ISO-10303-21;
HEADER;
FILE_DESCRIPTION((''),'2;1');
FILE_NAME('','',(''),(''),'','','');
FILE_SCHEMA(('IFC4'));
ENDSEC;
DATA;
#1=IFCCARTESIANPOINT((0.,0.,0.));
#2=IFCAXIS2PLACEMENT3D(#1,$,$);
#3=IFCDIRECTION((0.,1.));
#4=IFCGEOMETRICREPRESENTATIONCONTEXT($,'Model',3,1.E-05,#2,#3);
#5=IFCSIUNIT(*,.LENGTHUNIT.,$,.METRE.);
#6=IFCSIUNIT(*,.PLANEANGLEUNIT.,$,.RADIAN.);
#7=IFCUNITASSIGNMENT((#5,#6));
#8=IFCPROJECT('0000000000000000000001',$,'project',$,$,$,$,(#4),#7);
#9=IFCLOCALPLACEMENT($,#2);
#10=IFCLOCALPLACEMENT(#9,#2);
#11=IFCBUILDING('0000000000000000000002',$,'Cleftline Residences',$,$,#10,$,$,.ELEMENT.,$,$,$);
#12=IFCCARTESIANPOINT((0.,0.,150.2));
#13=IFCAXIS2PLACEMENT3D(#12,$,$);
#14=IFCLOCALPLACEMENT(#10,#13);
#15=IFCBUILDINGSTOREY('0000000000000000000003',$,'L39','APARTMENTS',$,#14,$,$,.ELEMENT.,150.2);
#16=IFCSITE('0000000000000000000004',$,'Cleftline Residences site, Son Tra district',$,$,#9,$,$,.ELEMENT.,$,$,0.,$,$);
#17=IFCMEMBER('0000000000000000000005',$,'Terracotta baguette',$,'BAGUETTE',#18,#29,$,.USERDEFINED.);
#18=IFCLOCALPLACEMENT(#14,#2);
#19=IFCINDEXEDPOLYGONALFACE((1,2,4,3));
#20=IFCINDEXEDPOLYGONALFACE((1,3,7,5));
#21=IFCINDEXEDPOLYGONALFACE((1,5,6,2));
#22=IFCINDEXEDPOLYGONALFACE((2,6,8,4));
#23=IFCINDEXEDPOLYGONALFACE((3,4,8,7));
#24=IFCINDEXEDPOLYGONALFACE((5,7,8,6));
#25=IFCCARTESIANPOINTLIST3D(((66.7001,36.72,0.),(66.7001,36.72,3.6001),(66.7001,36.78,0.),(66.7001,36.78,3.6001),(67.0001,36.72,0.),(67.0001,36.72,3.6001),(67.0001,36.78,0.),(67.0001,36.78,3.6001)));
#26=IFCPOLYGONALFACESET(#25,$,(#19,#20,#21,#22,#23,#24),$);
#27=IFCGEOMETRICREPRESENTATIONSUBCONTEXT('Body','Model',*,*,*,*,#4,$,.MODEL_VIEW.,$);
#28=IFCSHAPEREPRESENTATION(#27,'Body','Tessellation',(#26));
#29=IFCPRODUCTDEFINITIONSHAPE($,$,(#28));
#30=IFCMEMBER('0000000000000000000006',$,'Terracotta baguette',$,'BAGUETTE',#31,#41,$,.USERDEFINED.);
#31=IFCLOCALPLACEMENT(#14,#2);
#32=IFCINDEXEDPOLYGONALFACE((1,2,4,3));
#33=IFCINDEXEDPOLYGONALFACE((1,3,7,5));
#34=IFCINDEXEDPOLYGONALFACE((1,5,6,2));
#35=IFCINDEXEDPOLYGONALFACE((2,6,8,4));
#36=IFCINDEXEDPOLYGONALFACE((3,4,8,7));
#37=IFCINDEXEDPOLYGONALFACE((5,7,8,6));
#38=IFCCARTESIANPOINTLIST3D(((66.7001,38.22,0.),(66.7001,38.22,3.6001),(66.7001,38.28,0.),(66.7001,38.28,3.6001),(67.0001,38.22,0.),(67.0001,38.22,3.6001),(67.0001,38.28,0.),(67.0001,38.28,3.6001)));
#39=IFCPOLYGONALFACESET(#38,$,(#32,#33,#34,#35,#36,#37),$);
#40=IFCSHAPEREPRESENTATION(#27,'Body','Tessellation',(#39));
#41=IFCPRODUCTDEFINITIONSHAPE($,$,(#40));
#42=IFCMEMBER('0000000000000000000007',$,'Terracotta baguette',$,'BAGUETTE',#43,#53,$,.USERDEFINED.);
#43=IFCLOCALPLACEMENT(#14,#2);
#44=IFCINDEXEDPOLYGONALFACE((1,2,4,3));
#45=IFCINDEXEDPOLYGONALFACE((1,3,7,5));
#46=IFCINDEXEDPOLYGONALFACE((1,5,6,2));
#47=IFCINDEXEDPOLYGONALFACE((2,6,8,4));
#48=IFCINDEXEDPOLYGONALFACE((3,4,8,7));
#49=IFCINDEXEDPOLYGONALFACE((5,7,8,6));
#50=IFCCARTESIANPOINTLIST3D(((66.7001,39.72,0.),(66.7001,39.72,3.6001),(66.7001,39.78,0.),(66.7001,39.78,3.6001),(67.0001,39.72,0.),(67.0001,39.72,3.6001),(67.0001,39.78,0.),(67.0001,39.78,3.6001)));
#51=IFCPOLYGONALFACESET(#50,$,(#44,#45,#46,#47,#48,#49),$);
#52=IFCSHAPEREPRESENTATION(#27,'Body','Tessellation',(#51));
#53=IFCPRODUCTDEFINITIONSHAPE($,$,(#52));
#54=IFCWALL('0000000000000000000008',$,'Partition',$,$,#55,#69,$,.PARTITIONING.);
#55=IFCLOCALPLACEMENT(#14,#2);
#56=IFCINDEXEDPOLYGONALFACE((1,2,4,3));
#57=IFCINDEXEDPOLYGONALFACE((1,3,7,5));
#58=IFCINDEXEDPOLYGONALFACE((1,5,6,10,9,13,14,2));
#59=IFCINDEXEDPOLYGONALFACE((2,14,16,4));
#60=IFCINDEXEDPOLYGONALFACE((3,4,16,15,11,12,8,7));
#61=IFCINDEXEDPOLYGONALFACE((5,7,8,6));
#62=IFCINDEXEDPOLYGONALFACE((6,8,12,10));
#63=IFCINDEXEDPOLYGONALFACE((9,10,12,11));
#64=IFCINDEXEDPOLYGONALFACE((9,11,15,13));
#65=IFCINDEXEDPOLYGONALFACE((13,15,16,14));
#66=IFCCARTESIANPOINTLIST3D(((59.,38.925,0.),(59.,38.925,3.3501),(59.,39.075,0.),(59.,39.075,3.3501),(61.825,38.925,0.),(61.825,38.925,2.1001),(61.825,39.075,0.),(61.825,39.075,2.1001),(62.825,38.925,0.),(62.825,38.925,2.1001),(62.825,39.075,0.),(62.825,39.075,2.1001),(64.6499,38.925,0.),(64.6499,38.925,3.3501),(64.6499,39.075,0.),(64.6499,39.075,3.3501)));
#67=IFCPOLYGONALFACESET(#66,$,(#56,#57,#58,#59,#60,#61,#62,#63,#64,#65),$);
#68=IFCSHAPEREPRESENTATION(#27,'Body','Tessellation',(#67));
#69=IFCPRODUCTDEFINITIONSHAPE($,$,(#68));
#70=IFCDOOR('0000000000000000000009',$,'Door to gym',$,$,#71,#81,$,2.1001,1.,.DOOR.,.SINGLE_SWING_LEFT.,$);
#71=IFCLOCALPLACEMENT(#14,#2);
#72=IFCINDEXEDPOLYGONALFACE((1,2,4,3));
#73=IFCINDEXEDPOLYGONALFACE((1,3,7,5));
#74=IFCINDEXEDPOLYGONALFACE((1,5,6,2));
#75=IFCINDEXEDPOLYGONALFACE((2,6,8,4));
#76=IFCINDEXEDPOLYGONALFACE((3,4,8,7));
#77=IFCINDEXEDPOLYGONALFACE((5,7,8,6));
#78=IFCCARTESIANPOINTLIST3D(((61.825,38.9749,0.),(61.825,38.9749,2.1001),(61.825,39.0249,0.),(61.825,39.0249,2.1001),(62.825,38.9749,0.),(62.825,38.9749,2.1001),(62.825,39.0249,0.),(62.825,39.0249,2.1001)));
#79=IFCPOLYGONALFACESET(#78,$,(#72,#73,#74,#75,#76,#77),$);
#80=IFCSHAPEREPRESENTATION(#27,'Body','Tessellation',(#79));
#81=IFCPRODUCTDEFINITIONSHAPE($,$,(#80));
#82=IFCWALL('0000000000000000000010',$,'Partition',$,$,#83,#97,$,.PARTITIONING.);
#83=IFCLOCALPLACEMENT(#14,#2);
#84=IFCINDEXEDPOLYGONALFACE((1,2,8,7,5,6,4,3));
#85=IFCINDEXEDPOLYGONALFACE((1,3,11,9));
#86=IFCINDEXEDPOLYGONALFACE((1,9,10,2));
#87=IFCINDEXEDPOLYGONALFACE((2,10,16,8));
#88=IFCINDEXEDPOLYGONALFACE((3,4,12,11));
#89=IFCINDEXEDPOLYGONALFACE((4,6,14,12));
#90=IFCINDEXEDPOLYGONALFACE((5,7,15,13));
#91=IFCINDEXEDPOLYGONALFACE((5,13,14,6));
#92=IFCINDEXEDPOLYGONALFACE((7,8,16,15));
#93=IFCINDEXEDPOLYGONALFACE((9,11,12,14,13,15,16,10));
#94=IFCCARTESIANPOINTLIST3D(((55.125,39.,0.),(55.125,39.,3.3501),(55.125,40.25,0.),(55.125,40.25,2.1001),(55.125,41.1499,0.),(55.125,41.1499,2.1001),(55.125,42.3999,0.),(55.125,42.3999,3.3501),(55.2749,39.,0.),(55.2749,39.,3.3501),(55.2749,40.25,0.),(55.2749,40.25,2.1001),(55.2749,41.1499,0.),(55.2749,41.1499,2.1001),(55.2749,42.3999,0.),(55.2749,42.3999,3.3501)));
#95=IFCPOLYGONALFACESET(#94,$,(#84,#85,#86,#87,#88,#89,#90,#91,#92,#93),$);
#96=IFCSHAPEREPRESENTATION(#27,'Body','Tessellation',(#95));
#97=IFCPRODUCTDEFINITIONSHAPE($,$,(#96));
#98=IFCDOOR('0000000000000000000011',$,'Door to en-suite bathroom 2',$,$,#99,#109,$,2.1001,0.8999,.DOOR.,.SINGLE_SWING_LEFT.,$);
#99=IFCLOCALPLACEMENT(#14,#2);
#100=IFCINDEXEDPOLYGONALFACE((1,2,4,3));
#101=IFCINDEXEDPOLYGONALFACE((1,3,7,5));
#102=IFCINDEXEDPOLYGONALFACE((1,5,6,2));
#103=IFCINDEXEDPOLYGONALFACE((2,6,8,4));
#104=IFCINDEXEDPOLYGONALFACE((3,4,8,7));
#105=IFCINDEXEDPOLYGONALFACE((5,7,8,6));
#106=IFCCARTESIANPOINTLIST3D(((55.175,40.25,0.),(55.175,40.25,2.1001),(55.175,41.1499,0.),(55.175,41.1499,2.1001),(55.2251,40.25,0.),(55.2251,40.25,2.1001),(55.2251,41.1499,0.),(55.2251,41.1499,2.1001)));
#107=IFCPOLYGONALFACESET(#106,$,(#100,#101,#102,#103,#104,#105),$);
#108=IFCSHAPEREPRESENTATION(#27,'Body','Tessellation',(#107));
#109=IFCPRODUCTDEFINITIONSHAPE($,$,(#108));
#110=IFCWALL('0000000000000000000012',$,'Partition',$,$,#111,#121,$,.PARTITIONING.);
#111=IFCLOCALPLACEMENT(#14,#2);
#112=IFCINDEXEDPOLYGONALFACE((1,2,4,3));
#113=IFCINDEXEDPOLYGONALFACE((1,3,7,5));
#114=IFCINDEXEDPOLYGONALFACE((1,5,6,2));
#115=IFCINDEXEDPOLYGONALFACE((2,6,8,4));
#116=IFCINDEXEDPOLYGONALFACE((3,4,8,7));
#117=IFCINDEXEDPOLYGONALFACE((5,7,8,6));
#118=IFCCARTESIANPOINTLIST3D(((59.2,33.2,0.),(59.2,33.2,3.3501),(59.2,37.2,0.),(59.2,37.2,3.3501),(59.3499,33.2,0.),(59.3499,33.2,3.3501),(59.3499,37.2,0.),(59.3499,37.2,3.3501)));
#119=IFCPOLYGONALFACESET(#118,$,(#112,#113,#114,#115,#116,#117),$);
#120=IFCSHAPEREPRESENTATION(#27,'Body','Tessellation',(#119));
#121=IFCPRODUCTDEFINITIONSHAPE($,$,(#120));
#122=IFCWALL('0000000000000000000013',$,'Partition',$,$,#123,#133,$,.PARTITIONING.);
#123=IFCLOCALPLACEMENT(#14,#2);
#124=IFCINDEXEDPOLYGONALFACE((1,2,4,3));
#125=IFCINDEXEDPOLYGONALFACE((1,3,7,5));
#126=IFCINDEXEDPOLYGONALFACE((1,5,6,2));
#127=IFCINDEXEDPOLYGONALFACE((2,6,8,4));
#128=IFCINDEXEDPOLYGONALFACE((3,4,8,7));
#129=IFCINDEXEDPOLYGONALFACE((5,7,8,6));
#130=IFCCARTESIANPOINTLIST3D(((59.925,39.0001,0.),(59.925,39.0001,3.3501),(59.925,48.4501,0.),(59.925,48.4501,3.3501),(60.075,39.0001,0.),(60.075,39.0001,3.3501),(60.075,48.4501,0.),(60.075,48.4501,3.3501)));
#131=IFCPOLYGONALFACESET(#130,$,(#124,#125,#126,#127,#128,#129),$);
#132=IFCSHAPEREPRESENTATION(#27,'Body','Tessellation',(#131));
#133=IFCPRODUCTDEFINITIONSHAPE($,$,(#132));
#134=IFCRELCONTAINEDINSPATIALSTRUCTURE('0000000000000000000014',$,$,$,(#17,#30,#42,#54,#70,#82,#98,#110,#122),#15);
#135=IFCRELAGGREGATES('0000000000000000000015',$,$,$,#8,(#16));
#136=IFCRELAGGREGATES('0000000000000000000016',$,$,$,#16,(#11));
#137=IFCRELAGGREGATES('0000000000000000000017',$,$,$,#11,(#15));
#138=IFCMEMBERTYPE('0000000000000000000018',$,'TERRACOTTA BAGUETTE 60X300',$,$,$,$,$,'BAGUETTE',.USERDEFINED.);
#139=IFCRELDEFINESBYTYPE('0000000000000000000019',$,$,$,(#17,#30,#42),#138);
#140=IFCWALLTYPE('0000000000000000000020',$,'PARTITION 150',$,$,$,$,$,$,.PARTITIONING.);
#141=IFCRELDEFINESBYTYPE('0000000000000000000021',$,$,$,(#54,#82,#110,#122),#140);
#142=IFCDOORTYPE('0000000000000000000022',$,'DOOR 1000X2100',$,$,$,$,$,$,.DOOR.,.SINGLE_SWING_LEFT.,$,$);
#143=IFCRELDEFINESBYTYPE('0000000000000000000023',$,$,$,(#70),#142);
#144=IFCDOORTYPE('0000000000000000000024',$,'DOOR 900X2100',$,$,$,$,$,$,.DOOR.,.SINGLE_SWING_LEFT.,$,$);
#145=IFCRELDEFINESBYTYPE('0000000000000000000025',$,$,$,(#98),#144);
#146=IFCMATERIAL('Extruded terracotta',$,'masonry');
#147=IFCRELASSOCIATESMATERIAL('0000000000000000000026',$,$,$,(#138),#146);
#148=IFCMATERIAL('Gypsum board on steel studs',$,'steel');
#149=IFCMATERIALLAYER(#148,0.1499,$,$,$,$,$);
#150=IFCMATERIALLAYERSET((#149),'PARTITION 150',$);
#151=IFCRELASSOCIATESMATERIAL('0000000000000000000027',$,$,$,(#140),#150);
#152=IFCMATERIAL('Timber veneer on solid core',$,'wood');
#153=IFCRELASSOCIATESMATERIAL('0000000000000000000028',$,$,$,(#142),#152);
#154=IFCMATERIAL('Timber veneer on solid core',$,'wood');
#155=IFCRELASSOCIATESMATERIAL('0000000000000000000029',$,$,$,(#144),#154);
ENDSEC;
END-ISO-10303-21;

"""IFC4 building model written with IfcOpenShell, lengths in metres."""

from ifc_helpers import new_model, si_unit, direction, frame, frame_2d, origin, origin_2d, place, context, subcontext, project, spatial, rectangle, extrude, material, layer, layer_set, material_profile, profile_set, type_object, element, fill, save


model = new_model("IFC4")

# Units and contexts
model_context = context("Model", 3, precision=1e-05, world=origin(), true_north=direction((0.0, 1.0)))
body_context = subcontext(model_context, "Body", "Model", "MODEL_VIEW")
ifc_project = project(units=[si_unit("LENGTHUNIT", "METRE"), si_unit("PLANEANGLEUNIT", "RADIAN")], contexts=[model_context])

# Site, building, storey
site_placement = place(None, origin())
site = spatial("IfcSite", under=ifc_project, at=site_placement, Name="Cleftline Residences site, Son Tra district", CompositionType="ELEMENT", RefElevation=0.0)
building_placement = place(site_placement, origin())
building = spatial("IfcBuilding", under=site, at=building_placement, Name="Cleftline Residences", CompositionType="ELEMENT")
storey_placement = place(building_placement, frame((0.0, 0.0, 150.2)))
storey = spatial("IfcBuildingStorey", under=building, at=storey_placement, Name="L39", Description="APARTMENTS", CompositionType="ELEMENT", Elevation=150.2)

# Members
ifc_material_1 = material(Name="Extruded terracotta", Category="masonry")
ifc_material_profile_1 = material_profile(ifc_material_1, rectangle(XDim=0.0601, YDim=0.3, at=origin_2d()))
ifc_profile_set_1 = profile_set([ifc_material_profile_1], Name="Extruded terracotta")
member_type_1 = type_object("IfcMemberType", Name="TERRACOTTA BAGUETTE 60X300", ElementType="BAGUETTE", PredefinedType="USERDEFINED", material=ifc_profile_set_1)
for number, where, z_axis, x_axis, name in (
    (1, (66.8501, 36.75, 0.0), (0.0, 0.0, 1.0), (0.0, 1.0, 0.0), "Terracotta baguette"),
    (2, (66.8501, 38.25, 0.0), (0.0, 0.0, 1.0), (0.0, 1.0, 0.0), "Terracotta baguette"),
    (3, (66.8501, 39.75, 0.0), (0.0, 0.0, 1.0), (0.0, 1.0, 0.0), "Terracotta baguette"),
):
    element("IfcMember", number, at=place(storey_placement, frame(where, z_axis=z_axis, x_axis=x_axis)), inside=storey, type_object=member_type_1, Name=name, ObjectType="BAGUETTE", PredefinedType="USERDEFINED", context=body_context, shape_type="SweptSolid", body=[
        extrude(rectangle(XDim=0.0601, YDim=0.3, at=origin_2d()), origin(), (0.0, 0.0, 1.0), 3.6001),
    ])

# Walls, openings, doors
ifc_material_2 = material(Name="Gypsum board on steel studs", Category="steel")
ifc_layer = layer(ifc_material_2, 0.1499)
ifc_layer_set = layer_set([ifc_layer], Name="PARTITION 150")
wall_type = type_object("IfcWallType", Name="PARTITION 150", PredefinedType="PARTITIONING", material=ifc_layer_set)
wall_1_placement = place(storey_placement, frame((59.0, 39.0, 0.0), z_axis=(0.0, 0.0, 1.0), x_axis=(1.0, 0.0, 0.0)))
wall_1 = element("IfcWall", 4, at=wall_1_placement, inside=storey, type_object=wall_type, Name="Partition", PredefinedType="PARTITIONING", context=body_context, shape_type="SweptSolid", body=[
    extrude(rectangle(XDim=5.6499, YDim=0.1499, at=frame_2d((2.825, 0.0))), origin(), (0.0, 0.0, 1.0), 3.3501),
])
opening_1_placement = place(wall_1_placement, frame((2.825, 0.0, 0.0)))
opening_1 = element("IfcOpeningElement", 5, at=opening_1_placement, cuts=wall_1, PredefinedType="OPENING", context=body_context, shape_type="SweptSolid", body=[
    extrude(rectangle(XDim=1.0, YDim=2.1001, at=frame_2d((0.5, 1.05))), frame((0.0, 0.085, 0.0), z_axis=(0.0, -1.0, 0.0), x_axis=(1.0, 0.0, 0.0)), (0.0, 0.0, 1.0), 0.1699),
])
ifc_material_3 = material(Name="Timber veneer on solid core", Category="wood")
door_type_1 = type_object("IfcDoorType", Name="DOOR 1000X2100", OperationType="SINGLE_SWING_LEFT", PredefinedType="DOOR", material=ifc_material_3)
door_1_placement = place(opening_1_placement, origin())
door_1 = element("IfcDoor", 6, at=door_1_placement, inside=storey, type_object=door_type_1, Name="Door to gym", OperationType="SINGLE_SWING_LEFT", OverallHeight=2.1001, OverallWidth=1.0, PredefinedType="DOOR", context=body_context, shape_type="SweptSolid", body=[
    extrude(rectangle(XDim=1.0, YDim=2.1001, at=frame_2d((0.5, 1.05))), frame((0.0, 0.0249, 0.0), z_axis=(0.0, -1.0, 0.0), x_axis=(1.0, 0.0, 0.0)), (0.0, 0.0, 1.0), 0.05),
])
fill(opening_1, door_1)
wall_2_placement = place(storey_placement, frame((55.2, 39.0, 0.0), z_axis=(0.0, 0.0, 1.0), x_axis=(0.0, 1.0, 0.0)))
wall_2 = element("IfcWall", 7, at=wall_2_placement, inside=storey, type_object=wall_type, Name="Partition", PredefinedType="PARTITIONING", context=body_context, shape_type="SweptSolid", body=[
    extrude(rectangle(XDim=3.3999, YDim=0.1499, at=frame_2d((1.7, 0.0))), origin(), (0.0, 0.0, 1.0), 3.3501),
])
opening_2_placement = place(wall_2_placement, frame((1.25, 0.0, 0.0)))
opening_2 = element("IfcOpeningElement", 8, at=opening_2_placement, cuts=wall_2, PredefinedType="OPENING", context=body_context, shape_type="SweptSolid", body=[
    extrude(rectangle(XDim=0.8999, YDim=2.1001, at=frame_2d((0.45, 1.05))), frame((0.0, 0.085, 0.0), z_axis=(0.0, -1.0, 0.0), x_axis=(1.0, 0.0, 0.0)), (0.0, 0.0, 1.0), 0.1699),
])
ifc_material_4 = material(Name="Timber veneer on solid core", Category="wood")
door_type_2 = type_object("IfcDoorType", Name="DOOR 900X2100", OperationType="SINGLE_SWING_LEFT", PredefinedType="DOOR", material=ifc_material_4)
door_2_placement = place(opening_2_placement, origin())
door_2 = element("IfcDoor", 9, at=door_2_placement, inside=storey, type_object=door_type_2, Name="Door to en-suite bathroom 2", OperationType="SINGLE_SWING_LEFT", OverallHeight=2.1001, OverallWidth=0.8999, PredefinedType="DOOR", context=body_context, shape_type="SweptSolid", body=[
    extrude(rectangle(XDim=0.8999, YDim=2.1001, at=frame_2d((0.45, 1.05))), frame((0.0, 0.0249, 0.0), z_axis=(0.0, -1.0, 0.0), x_axis=(1.0, 0.0, 0.0)), (0.0, 0.0, 1.0), 0.05),
])
fill(opening_2, door_2)

# Walls
wall_3_placement = place(storey_placement, frame((59.2749, 33.2, 0.0), z_axis=(0.0, 0.0, 1.0), x_axis=(0.0, 1.0, 0.0)))
element("IfcWall", 10, at=wall_3_placement, inside=storey, type_object=wall_type, Name="Partition", PredefinedType="PARTITIONING", context=body_context, shape_type="SweptSolid", body=[
    extrude(rectangle(XDim=4.0, YDim=0.1499, at=frame_2d((2.0, 0.0))), origin(), (0.0, 0.0, 1.0), 3.3501),
])
wall_4_placement = place(storey_placement, frame((60.0, 39.0, 0.0), z_axis=(0.0, 0.0, 1.0), x_axis=(0.0, 1.0, 0.0)))
element("IfcWall", 11, at=wall_4_placement, inside=storey, type_object=wall_type, Name="Partition", PredefinedType="PARTITIONING", context=body_context, shape_type="SweptSolid", body=[
    extrude(rectangle(XDim=9.45, YDim=0.1499, at=frame_2d((4.7251, 0.0))), origin(), (0.0, 0.0, 1.0), 3.3501),
])

save(model, "model.ifc")
